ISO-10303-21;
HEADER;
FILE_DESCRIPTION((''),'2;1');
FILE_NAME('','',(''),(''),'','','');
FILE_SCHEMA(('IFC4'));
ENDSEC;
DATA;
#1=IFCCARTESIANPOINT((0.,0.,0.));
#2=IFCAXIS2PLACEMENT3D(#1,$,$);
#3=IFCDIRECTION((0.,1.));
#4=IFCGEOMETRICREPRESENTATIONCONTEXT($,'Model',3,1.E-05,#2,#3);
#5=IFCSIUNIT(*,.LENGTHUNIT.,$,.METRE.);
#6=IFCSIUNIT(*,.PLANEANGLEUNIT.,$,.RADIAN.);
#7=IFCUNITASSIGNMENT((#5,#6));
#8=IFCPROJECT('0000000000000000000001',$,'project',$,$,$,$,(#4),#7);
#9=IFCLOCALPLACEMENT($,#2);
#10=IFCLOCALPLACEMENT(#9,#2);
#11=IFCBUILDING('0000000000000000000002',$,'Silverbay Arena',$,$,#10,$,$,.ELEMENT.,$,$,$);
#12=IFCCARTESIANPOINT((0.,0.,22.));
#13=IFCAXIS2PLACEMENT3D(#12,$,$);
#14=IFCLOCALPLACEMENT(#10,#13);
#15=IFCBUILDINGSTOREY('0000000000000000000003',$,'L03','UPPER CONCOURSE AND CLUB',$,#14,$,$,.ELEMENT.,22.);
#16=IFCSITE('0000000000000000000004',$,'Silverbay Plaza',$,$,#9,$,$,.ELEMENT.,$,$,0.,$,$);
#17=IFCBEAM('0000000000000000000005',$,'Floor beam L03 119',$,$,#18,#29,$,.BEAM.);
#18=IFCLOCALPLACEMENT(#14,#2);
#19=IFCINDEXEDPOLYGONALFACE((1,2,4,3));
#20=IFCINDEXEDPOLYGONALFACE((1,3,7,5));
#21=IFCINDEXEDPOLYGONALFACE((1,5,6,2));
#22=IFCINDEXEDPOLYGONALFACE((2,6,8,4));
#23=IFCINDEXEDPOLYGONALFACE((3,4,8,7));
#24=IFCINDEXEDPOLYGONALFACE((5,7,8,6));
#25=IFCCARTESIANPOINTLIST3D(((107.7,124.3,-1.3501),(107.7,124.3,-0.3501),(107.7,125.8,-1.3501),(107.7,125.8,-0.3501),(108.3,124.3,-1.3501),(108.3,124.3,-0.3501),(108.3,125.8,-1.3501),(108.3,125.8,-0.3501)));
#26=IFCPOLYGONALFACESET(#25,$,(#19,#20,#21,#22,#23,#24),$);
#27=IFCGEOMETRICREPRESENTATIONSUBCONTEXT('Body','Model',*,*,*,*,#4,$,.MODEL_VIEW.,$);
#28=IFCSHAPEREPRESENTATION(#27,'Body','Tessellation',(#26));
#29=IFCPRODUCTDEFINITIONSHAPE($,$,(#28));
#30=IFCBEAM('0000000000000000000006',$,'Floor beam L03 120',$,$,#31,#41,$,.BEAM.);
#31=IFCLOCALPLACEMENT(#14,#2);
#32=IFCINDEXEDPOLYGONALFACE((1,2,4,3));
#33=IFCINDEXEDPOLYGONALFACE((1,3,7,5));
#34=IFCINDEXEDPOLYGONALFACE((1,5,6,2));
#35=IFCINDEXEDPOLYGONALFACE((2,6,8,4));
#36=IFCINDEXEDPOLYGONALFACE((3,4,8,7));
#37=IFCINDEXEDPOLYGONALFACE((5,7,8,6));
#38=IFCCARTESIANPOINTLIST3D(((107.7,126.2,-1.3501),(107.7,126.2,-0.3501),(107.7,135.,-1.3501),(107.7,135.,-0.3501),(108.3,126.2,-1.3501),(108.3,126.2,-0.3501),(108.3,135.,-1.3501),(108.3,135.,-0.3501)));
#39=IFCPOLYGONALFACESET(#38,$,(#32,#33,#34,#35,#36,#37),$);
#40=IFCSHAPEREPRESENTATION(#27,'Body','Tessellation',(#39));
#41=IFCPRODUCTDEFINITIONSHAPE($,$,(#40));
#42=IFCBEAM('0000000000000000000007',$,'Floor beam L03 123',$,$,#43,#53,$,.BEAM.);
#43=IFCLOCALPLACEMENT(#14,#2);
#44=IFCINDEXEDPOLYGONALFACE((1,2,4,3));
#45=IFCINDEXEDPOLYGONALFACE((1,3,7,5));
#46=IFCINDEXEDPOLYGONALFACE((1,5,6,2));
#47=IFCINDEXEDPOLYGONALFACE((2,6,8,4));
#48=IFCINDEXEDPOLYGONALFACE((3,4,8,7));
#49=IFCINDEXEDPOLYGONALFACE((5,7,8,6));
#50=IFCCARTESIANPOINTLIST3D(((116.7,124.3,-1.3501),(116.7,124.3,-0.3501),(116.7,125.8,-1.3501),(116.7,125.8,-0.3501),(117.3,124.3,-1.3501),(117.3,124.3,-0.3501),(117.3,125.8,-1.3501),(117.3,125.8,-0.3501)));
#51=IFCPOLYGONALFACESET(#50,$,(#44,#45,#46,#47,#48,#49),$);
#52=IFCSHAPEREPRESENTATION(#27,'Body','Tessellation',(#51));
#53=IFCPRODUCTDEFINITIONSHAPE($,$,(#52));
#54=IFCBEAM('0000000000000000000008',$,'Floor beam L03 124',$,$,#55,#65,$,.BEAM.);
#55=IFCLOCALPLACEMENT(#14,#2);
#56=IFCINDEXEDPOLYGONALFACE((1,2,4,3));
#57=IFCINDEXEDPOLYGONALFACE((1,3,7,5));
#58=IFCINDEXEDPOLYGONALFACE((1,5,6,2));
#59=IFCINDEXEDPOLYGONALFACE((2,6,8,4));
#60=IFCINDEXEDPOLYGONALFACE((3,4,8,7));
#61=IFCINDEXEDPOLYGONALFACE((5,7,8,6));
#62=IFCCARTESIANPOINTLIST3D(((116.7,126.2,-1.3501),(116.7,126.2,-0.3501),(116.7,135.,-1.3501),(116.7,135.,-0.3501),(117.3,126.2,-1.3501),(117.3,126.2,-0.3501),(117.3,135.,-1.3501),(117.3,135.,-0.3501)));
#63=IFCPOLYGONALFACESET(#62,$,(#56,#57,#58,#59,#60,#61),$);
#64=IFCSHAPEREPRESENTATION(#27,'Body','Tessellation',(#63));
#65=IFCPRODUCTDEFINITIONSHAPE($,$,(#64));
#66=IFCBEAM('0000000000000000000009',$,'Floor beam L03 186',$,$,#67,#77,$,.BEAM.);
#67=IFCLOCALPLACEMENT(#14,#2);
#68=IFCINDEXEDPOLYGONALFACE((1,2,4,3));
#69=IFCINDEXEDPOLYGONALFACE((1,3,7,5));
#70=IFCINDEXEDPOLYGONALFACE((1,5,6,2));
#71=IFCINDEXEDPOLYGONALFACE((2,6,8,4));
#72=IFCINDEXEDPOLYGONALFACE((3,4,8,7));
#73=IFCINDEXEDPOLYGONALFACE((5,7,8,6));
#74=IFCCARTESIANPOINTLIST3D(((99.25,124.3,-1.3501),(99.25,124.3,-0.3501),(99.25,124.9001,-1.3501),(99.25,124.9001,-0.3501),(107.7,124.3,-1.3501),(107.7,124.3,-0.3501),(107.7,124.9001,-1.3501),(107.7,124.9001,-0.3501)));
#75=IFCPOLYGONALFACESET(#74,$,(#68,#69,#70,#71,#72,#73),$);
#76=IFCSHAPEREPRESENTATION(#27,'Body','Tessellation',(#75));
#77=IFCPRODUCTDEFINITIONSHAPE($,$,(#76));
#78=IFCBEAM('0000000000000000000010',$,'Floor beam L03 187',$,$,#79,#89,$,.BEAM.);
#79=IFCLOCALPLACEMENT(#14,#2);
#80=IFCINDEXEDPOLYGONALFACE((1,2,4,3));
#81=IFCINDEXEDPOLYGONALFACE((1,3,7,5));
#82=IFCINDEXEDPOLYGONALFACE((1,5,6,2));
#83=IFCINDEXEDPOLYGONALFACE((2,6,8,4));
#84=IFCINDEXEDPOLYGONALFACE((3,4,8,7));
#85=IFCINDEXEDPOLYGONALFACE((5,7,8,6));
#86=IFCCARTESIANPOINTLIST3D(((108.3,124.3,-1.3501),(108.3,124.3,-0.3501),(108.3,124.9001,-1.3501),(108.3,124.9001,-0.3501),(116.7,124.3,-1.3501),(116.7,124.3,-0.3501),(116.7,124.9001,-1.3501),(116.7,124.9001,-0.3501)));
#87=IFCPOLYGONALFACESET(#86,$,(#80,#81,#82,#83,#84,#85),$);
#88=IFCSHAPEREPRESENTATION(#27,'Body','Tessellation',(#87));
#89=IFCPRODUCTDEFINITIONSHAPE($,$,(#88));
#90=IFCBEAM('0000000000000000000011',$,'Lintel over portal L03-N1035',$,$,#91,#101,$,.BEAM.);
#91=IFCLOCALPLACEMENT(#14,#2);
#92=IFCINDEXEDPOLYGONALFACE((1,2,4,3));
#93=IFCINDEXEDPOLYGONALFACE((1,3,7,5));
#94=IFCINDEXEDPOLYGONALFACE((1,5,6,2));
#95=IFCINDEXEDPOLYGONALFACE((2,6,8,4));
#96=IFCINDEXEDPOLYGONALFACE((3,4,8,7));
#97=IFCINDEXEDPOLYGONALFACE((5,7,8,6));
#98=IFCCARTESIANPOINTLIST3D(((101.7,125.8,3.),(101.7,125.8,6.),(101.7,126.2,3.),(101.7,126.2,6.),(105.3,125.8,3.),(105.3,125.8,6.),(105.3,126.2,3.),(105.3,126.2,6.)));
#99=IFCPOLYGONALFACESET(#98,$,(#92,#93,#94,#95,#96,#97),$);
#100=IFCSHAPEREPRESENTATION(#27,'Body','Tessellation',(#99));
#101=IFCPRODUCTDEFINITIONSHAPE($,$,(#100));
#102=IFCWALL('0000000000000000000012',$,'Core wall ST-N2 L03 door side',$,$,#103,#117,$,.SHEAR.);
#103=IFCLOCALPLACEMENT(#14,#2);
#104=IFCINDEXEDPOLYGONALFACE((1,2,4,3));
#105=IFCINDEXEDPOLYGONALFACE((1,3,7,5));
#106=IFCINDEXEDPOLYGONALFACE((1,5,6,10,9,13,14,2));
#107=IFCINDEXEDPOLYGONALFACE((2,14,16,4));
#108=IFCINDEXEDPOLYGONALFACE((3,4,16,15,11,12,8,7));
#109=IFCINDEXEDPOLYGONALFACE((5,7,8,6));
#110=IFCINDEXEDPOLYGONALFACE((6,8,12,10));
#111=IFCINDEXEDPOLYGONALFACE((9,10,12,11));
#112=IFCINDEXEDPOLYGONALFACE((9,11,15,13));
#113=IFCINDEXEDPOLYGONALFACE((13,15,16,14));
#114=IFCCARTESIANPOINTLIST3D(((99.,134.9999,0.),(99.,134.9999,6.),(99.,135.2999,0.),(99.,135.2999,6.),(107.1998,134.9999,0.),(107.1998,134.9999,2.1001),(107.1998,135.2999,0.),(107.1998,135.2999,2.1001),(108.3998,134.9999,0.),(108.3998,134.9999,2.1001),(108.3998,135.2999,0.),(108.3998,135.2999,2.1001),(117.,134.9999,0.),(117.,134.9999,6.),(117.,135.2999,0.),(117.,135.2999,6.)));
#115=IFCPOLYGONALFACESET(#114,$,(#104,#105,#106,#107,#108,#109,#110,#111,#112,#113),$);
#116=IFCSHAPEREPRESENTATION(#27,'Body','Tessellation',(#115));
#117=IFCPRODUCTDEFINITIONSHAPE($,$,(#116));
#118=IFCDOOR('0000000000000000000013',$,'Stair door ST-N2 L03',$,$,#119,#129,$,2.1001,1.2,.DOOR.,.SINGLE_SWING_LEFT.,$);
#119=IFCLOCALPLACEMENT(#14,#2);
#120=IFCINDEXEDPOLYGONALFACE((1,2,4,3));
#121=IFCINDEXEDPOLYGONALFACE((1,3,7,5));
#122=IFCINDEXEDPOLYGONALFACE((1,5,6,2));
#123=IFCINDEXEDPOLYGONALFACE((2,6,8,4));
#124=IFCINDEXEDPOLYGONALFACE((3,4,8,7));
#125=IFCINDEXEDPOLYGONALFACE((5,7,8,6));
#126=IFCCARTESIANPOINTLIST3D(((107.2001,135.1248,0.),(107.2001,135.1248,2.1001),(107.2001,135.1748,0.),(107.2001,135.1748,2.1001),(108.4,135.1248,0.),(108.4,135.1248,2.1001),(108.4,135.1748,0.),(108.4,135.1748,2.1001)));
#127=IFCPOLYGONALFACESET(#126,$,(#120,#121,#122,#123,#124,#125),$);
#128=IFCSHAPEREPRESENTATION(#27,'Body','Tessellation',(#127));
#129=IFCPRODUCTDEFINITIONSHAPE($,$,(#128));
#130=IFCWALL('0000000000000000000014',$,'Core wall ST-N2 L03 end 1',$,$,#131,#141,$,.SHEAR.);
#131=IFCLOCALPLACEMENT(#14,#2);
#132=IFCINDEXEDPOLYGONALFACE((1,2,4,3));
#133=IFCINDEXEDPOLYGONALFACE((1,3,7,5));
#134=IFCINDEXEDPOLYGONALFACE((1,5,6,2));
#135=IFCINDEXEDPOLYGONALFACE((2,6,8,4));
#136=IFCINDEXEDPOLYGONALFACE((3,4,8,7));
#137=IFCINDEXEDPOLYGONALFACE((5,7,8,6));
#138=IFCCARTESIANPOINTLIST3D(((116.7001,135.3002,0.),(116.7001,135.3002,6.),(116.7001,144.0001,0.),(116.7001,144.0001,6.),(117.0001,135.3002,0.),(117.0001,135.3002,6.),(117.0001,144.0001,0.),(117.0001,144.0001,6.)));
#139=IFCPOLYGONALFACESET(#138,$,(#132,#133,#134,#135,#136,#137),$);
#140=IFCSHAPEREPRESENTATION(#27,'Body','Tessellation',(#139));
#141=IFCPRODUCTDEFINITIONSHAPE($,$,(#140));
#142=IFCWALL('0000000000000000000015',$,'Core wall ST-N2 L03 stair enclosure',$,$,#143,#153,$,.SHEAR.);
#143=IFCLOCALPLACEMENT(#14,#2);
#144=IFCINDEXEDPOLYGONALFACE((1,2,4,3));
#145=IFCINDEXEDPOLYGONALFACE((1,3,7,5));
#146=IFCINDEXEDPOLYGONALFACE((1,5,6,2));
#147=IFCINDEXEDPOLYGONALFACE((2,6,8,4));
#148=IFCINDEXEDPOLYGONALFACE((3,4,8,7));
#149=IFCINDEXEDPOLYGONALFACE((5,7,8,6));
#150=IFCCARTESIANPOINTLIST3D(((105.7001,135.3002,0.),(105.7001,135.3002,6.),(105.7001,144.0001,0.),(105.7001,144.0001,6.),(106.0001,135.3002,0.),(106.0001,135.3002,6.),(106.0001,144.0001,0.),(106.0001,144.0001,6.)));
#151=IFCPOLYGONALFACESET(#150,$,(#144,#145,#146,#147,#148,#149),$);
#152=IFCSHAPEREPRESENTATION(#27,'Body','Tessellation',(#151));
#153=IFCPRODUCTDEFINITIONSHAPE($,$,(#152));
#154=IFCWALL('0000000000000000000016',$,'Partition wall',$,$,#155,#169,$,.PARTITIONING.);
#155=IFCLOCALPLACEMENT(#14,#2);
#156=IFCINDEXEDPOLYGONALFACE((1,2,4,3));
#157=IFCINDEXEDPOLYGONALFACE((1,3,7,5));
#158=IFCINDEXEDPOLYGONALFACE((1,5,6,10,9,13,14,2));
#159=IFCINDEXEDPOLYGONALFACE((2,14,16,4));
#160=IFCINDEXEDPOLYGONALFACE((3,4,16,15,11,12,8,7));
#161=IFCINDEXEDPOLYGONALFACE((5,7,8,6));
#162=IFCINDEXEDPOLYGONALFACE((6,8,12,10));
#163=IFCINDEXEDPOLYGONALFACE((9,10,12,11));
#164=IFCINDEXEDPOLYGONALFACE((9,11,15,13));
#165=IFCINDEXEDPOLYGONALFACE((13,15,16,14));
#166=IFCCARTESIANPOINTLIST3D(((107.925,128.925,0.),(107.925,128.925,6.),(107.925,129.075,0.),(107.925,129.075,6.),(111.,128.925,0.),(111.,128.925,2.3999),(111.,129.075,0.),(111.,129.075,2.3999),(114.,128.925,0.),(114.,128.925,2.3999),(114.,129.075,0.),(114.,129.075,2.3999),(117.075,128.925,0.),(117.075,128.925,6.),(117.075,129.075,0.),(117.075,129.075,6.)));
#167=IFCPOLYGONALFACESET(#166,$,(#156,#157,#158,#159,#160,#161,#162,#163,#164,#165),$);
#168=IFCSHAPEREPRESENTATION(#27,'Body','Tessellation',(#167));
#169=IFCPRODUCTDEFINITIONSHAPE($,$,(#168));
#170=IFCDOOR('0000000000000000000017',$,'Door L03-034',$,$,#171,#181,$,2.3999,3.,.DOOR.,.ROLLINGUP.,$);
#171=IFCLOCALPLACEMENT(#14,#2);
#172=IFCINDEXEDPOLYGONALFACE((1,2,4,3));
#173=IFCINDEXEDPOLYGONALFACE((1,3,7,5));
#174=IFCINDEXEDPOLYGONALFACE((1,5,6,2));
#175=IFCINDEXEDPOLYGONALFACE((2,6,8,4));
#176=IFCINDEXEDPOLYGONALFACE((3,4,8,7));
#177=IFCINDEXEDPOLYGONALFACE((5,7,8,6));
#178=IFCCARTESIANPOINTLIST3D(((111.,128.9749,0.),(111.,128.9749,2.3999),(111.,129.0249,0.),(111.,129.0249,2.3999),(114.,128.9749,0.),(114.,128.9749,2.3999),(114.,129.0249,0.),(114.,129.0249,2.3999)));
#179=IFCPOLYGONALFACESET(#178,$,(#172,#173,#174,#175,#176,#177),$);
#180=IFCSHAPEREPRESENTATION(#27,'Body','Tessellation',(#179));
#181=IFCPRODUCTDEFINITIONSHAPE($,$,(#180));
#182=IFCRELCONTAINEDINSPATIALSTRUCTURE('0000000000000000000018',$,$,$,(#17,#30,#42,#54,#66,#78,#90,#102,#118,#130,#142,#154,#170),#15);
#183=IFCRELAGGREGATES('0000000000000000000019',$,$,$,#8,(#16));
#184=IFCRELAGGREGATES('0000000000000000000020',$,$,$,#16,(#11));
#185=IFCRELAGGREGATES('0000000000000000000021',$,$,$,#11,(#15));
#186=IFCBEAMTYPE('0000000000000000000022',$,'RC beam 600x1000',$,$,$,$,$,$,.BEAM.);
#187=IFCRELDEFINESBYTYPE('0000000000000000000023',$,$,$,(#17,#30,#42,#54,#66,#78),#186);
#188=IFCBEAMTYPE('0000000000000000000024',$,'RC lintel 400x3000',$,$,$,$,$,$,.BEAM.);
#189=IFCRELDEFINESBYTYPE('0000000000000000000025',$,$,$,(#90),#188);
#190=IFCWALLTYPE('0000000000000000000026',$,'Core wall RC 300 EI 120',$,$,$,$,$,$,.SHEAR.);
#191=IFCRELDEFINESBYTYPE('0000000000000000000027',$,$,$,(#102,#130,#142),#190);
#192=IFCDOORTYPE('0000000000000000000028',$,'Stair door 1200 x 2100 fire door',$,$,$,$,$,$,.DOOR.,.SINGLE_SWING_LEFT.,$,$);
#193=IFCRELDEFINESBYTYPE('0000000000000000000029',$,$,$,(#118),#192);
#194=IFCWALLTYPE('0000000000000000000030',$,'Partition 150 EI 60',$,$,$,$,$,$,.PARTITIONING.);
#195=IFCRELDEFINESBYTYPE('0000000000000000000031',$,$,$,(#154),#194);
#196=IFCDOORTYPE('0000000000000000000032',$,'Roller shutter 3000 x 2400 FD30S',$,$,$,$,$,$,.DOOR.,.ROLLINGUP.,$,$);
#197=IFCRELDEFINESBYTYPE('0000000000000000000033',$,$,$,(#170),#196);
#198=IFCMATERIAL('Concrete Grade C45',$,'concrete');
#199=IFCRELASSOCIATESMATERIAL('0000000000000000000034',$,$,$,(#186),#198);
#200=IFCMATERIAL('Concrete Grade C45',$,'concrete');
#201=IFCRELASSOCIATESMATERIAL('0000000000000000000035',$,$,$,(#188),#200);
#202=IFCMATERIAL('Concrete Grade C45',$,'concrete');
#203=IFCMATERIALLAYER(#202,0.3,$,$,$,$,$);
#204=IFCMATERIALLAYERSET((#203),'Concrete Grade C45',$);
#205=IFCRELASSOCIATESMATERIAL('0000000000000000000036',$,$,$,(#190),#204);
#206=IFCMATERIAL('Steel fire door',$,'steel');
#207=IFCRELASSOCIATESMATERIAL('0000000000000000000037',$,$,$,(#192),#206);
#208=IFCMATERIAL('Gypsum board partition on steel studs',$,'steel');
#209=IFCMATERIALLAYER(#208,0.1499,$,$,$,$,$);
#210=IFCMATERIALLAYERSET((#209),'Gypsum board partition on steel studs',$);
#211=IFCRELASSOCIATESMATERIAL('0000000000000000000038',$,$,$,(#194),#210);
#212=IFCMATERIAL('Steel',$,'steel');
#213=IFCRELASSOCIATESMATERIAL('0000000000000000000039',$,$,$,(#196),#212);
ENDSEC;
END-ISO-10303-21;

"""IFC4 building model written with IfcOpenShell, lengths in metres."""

from ifc_helpers import new_model, si_unit, direction, frame, frame_2d, origin, origin_2d, place, context, subcontext, project, spatial, rectangle, extrude, material, layer, layer_set, material_profile, profile_set, type_object, element, fill, save


model = new_model("IFC4")

# Units and contexts
model_context = context("Model", 3, precision=1e-05, world=origin(), true_north=direction((0.0, 1.0)))
body_context = subcontext(model_context, "Body", "Model", "MODEL_VIEW")
ifc_project = project(units=[si_unit("LENGTHUNIT", "METRE"), si_unit("PLANEANGLEUNIT", "RADIAN")], contexts=[model_context])

# Site, building, storey
site_placement = place(None, origin())
site = spatial("IfcSite", under=ifc_project, at=site_placement, Name="Silverbay Plaza", CompositionType="ELEMENT", RefElevation=0.0)
building_placement = place(site_placement, origin())
building = spatial("IfcBuilding", under=site, at=building_placement, Name="Silverbay Arena", CompositionType="ELEMENT")
storey_placement = place(building_placement, frame((0.0, 0.0, 22.0)))
storey = spatial("IfcBuildingStorey", under=building, at=storey_placement, Name="L03", Description="UPPER CONCOURSE AND CLUB", CompositionType="ELEMENT", Elevation=22.0)

# Beams
ifc_material_1 = material(Name="Concrete Grade C45", Category="concrete")
ifc_material_profile_1 = material_profile(ifc_material_1, rectangle(XDim=0.6001, YDim=1.0, at=origin_2d()), Name="RC 600x1000")
ifc_profile_set_1 = profile_set([ifc_material_profile_1], Name="Concrete Grade C45")
beam_type_1 = type_object("IfcBeamType", Name="RC beam 600x1000", PredefinedType="BEAM", material=ifc_profile_set_1)
beam_1_placement = place(storey_placement, frame((108.0, 124.3, -0.8501), z_axis=(0.0, 1.0, 0.0), x_axis=(-1.0, 0.0, 0.0)))
element("IfcBeam", 1, at=beam_1_placement, inside=storey, type_object=beam_type_1, Name="Floor beam L03 119", PredefinedType="BEAM", context=body_context, shape_type="SweptSolid", body=[
    extrude(rectangle(XDim=0.6001, YDim=1.0, at=origin_2d()), origin(), (0.0, 0.0, 1.0), 1.5),
])
beam_2_placement = place(storey_placement, frame((108.0, 126.2, -0.8501), z_axis=(0.0, 1.0, 0.0), x_axis=(-1.0, 0.0, 0.0)))
element("IfcBeam", 2, at=beam_2_placement, inside=storey, type_object=beam_type_1, Name="Floor beam L03 120", PredefinedType="BEAM", context=body_context, shape_type="SweptSolid", body=[
    extrude(rectangle(XDim=0.6001, YDim=1.0, at=origin_2d()), origin(), (0.0, 0.0, 1.0), 8.8),
])
beam_3_placement = place(storey_placement, frame((117.0, 124.3, -0.8501), z_axis=(0.0, 1.0, 0.0), x_axis=(-1.0, 0.0, 0.0)))
element("IfcBeam", 3, at=beam_3_placement, inside=storey, type_object=beam_type_1, Name="Floor beam L03 123", PredefinedType="BEAM", context=body_context, shape_type="SweptSolid", body=[
    extrude(rectangle(XDim=0.6001, YDim=1.0, at=origin_2d()), origin(), (0.0, 0.0, 1.0), 1.5),
])
beam_4_placement = place(storey_placement, frame((117.0, 126.2, -0.8501), z_axis=(0.0, 1.0, 0.0), x_axis=(-1.0, 0.0, 0.0)))
element("IfcBeam", 4, at=beam_4_placement, inside=storey, type_object=beam_type_1, Name="Floor beam L03 124", PredefinedType="BEAM", context=body_context, shape_type="SweptSolid", body=[
    extrude(rectangle(XDim=0.6001, YDim=1.0, at=origin_2d()), origin(), (0.0, 0.0, 1.0), 8.8),
])
beam_5_placement = place(storey_placement, frame((99.25, 124.6001, -0.8501), z_axis=(1.0, 0.0, 0.0), x_axis=(0.0, 1.0, 0.0)))
element("IfcBeam", 5, at=beam_5_placement, inside=storey, type_object=beam_type_1, Name="Floor beam L03 186", PredefinedType="BEAM", context=body_context, shape_type="SweptSolid", body=[
    extrude(rectangle(XDim=0.6001, YDim=1.0, at=origin_2d()), origin(), (0.0, 0.0, 1.0), 8.45),
])
beam_6_placement = place(storey_placement, frame((108.3, 124.6001, -0.8501), z_axis=(1.0, 0.0, 0.0), x_axis=(0.0, 1.0, 0.0)))
element("IfcBeam", 6, at=beam_6_placement, inside=storey, type_object=beam_type_1, Name="Floor beam L03 187", PredefinedType="BEAM", context=body_context, shape_type="SweptSolid", body=[
    extrude(rectangle(XDim=0.6001, YDim=1.0, at=origin_2d()), origin(), (0.0, 0.0, 1.0), 8.3999),
])
ifc_material_2 = material(Name="Concrete Grade C45", Category="concrete")
ifc_material_profile_2 = material_profile(ifc_material_2, rectangle(XDim=0.3999, YDim=3.0, at=origin_2d()), Name="RC 400x3000")
ifc_profile_set_2 = profile_set([ifc_material_profile_2], Name="Concrete Grade C45")
beam_type_2 = type_object("IfcBeamType", Name="RC lintel 400x3000", PredefinedType="BEAM", material=ifc_profile_set_2)
beam_7_placement = place(storey_placement, frame((101.7, 126.0, 4.5), z_axis=(1.0, 0.0, 0.0), x_axis=(0.0, 1.0, 0.0)))
element("IfcBeam", 7, at=beam_7_placement, inside=storey, type_object=beam_type_2, Name="Lintel over portal L03-N1035", PredefinedType="BEAM", context=body_context, shape_type="SweptSolid", body=[
    extrude(rectangle(XDim=0.3999, YDim=3.0, at=origin_2d()), origin(), (0.0, 0.0, 1.0), 3.6001),
])

# Wall, opening, door
ifc_material_3 = material(Name="Concrete Grade C45", Category="concrete")
ifc_layer_1 = layer(ifc_material_3, 0.3)
ifc_layer_set_1 = layer_set([ifc_layer_1], Name="Concrete Grade C45")
wall_type_1 = type_object("IfcWallType", Name="Core wall RC 300 EI 120", PredefinedType="SHEAR", material=ifc_layer_set_1)
wall_1_placement = place(storey_placement, frame((117.0, 135.1499, 0.0), z_axis=(0.0, 0.0, 1.0), x_axis=(-1.0, 0.0, 0.0)))
wall_1 = element("IfcWall", 8, at=wall_1_placement, inside=storey, type_object=wall_type_1, Name="Core wall ST-N2 L03 door side", PredefinedType="SHEAR", context=body_context, shape_type="SweptSolid", body=[
    extrude(rectangle(XDim=18.0, YDim=0.3, at=frame_2d((9.0, 0.0))), origin(), (0.0, 0.0, 1.0), 6.0),
])
opening_1_placement = place(wall_1_placement, frame((8.6001, 0.0, 0.0)))
opening_1 = element("IfcOpeningElement", 9, at=opening_1_placement, cuts=wall_1, PredefinedType="OPENING", context=body_context, shape_type="SweptSolid", body=[
    extrude(rectangle(XDim=1.2, YDim=2.1001, at=frame_2d((0.6001, 1.05))), frame((0.0, 0.1602, 0.0), z_axis=(0.0, -1.0, 0.0), x_axis=(1.0, 0.0, 0.0)), (0.0, 0.0, 1.0), 0.3201),
])
ifc_material_4 = material(Name="Steel fire door", Category="steel")
door_type_1 = type_object("IfcDoorType", Name="Stair door 1200 x 2100 fire door", OperationType="SINGLE_SWING_LEFT", PredefinedType="DOOR", material=ifc_material_4)
door_1_placement = place(opening_1_placement, frame((1.2, 0.0, 0.0), z_axis=(0.0, 0.0, 1.0), x_axis=(-1.0, 0.0, 0.0)))
door_1 = element("IfcDoor", 10, at=door_1_placement, inside=storey, type_object=door_type_1, Name="Stair door ST-N2 L03", OperationType="SINGLE_SWING_LEFT", OverallHeight=2.1001, OverallWidth=1.2, PredefinedType="DOOR", context=body_context, shape_type="SweptSolid", body=[
    extrude(rectangle(XDim=1.2, YDim=2.1001, at=frame_2d((0.6001, 1.05))), frame((0.0, 0.0249, 0.0), z_axis=(0.0, -1.0, 0.0), x_axis=(1.0, 0.0, 0.0)), (0.0, 0.0, 1.0), 0.05),
])
fill(opening_1, door_1)

# Walls
for number, where, z_axis, x_axis, name in (
    (11, (116.8501, 135.3, 0.0), (0.0, 0.0, 1.0), (0.0, 1.0, 0.0), "Core wall ST-N2 L03 end 1"),
    (12, (105.8501, 135.3, 0.0), (0.0, 0.0, 1.0), (0.0, 1.0, 0.0), "Core wall ST-N2 L03 stair enclosure"),
):
    element("IfcWall", number, at=place(storey_placement, frame(where, z_axis=z_axis, x_axis=x_axis)), inside=storey, type_object=wall_type_1, Name=name, PredefinedType="SHEAR", context=body_context, shape_type="SweptSolid", body=[
        extrude(rectangle(XDim=8.7, YDim=0.3, at=frame_2d((4.3501, 0.0))), origin(), (0.0, 0.0, 1.0), 6.0),
    ])

# Wall, opening, door
ifc_material_5 = material(Name="Gypsum board partition on steel studs", Category="steel")
ifc_layer_2 = layer(ifc_material_5, 0.1499)
ifc_layer_set_2 = layer_set([ifc_layer_2], Name="Gypsum board partition on steel studs")
wall_type_2 = type_object("IfcWallType", Name="Partition 150 EI 60", PredefinedType="PARTITIONING", material=ifc_layer_set_2)
wall_2_placement = place(storey_placement, frame((107.925, 129.0, 0.0), z_axis=(0.0, 0.0, 1.0), x_axis=(1.0, 0.0, 0.0)))
wall_2 = element("IfcWall", 13, at=wall_2_placement, inside=storey, type_object=wall_type_2, Name="Partition wall", PredefinedType="PARTITIONING", context=body_context, shape_type="SweptSolid", body=[
    extrude(rectangle(XDim=9.1499, YDim=0.1499, at=frame_2d((4.575, 0.0))), origin(), (0.0, 0.0, 1.0), 6.0),
])
opening_2_placement = place(wall_2_placement, frame((3.075, 0.0, 0.0)))
opening_2 = element("IfcOpeningElement", 14, at=opening_2_placement, cuts=wall_2, PredefinedType="OPENING", context=body_context, shape_type="SweptSolid", body=[
    extrude(rectangle(XDim=3.0, YDim=2.3999, at=frame_2d((1.5, 1.2))), frame((0.0, 0.085, 0.0), z_axis=(0.0, -1.0, 0.0), x_axis=(1.0, 0.0, 0.0)), (0.0, 0.0, 1.0), 0.1699),
])
ifc_material_6 = material(Name="Steel", Category="steel")
door_type_2 = type_object("IfcDoorType", Name="Roller shutter 3000 x 2400 FD30S", OperationType="ROLLINGUP", PredefinedType="DOOR", material=ifc_material_6)
door_2_placement = place(opening_2_placement, origin())
door_2 = element("IfcDoor", 15, at=door_2_placement, inside=storey, type_object=door_type_2, Name="Door L03-034", OperationType="ROLLINGUP", OverallHeight=2.3999, OverallWidth=3.0, PredefinedType="DOOR", context=body_context, shape_type="SweptSolid", body=[
    extrude(rectangle(XDim=3.0, YDim=2.3999, at=frame_2d((1.5, 1.2))), frame((0.0, 0.0249, 0.0), z_axis=(0.0, -1.0, 0.0), x_axis=(1.0, 0.0, 0.0)), (0.0, 0.0, 1.0), 0.05),
])
fill(opening_2, door_2)

save(model, "model.ifc")
